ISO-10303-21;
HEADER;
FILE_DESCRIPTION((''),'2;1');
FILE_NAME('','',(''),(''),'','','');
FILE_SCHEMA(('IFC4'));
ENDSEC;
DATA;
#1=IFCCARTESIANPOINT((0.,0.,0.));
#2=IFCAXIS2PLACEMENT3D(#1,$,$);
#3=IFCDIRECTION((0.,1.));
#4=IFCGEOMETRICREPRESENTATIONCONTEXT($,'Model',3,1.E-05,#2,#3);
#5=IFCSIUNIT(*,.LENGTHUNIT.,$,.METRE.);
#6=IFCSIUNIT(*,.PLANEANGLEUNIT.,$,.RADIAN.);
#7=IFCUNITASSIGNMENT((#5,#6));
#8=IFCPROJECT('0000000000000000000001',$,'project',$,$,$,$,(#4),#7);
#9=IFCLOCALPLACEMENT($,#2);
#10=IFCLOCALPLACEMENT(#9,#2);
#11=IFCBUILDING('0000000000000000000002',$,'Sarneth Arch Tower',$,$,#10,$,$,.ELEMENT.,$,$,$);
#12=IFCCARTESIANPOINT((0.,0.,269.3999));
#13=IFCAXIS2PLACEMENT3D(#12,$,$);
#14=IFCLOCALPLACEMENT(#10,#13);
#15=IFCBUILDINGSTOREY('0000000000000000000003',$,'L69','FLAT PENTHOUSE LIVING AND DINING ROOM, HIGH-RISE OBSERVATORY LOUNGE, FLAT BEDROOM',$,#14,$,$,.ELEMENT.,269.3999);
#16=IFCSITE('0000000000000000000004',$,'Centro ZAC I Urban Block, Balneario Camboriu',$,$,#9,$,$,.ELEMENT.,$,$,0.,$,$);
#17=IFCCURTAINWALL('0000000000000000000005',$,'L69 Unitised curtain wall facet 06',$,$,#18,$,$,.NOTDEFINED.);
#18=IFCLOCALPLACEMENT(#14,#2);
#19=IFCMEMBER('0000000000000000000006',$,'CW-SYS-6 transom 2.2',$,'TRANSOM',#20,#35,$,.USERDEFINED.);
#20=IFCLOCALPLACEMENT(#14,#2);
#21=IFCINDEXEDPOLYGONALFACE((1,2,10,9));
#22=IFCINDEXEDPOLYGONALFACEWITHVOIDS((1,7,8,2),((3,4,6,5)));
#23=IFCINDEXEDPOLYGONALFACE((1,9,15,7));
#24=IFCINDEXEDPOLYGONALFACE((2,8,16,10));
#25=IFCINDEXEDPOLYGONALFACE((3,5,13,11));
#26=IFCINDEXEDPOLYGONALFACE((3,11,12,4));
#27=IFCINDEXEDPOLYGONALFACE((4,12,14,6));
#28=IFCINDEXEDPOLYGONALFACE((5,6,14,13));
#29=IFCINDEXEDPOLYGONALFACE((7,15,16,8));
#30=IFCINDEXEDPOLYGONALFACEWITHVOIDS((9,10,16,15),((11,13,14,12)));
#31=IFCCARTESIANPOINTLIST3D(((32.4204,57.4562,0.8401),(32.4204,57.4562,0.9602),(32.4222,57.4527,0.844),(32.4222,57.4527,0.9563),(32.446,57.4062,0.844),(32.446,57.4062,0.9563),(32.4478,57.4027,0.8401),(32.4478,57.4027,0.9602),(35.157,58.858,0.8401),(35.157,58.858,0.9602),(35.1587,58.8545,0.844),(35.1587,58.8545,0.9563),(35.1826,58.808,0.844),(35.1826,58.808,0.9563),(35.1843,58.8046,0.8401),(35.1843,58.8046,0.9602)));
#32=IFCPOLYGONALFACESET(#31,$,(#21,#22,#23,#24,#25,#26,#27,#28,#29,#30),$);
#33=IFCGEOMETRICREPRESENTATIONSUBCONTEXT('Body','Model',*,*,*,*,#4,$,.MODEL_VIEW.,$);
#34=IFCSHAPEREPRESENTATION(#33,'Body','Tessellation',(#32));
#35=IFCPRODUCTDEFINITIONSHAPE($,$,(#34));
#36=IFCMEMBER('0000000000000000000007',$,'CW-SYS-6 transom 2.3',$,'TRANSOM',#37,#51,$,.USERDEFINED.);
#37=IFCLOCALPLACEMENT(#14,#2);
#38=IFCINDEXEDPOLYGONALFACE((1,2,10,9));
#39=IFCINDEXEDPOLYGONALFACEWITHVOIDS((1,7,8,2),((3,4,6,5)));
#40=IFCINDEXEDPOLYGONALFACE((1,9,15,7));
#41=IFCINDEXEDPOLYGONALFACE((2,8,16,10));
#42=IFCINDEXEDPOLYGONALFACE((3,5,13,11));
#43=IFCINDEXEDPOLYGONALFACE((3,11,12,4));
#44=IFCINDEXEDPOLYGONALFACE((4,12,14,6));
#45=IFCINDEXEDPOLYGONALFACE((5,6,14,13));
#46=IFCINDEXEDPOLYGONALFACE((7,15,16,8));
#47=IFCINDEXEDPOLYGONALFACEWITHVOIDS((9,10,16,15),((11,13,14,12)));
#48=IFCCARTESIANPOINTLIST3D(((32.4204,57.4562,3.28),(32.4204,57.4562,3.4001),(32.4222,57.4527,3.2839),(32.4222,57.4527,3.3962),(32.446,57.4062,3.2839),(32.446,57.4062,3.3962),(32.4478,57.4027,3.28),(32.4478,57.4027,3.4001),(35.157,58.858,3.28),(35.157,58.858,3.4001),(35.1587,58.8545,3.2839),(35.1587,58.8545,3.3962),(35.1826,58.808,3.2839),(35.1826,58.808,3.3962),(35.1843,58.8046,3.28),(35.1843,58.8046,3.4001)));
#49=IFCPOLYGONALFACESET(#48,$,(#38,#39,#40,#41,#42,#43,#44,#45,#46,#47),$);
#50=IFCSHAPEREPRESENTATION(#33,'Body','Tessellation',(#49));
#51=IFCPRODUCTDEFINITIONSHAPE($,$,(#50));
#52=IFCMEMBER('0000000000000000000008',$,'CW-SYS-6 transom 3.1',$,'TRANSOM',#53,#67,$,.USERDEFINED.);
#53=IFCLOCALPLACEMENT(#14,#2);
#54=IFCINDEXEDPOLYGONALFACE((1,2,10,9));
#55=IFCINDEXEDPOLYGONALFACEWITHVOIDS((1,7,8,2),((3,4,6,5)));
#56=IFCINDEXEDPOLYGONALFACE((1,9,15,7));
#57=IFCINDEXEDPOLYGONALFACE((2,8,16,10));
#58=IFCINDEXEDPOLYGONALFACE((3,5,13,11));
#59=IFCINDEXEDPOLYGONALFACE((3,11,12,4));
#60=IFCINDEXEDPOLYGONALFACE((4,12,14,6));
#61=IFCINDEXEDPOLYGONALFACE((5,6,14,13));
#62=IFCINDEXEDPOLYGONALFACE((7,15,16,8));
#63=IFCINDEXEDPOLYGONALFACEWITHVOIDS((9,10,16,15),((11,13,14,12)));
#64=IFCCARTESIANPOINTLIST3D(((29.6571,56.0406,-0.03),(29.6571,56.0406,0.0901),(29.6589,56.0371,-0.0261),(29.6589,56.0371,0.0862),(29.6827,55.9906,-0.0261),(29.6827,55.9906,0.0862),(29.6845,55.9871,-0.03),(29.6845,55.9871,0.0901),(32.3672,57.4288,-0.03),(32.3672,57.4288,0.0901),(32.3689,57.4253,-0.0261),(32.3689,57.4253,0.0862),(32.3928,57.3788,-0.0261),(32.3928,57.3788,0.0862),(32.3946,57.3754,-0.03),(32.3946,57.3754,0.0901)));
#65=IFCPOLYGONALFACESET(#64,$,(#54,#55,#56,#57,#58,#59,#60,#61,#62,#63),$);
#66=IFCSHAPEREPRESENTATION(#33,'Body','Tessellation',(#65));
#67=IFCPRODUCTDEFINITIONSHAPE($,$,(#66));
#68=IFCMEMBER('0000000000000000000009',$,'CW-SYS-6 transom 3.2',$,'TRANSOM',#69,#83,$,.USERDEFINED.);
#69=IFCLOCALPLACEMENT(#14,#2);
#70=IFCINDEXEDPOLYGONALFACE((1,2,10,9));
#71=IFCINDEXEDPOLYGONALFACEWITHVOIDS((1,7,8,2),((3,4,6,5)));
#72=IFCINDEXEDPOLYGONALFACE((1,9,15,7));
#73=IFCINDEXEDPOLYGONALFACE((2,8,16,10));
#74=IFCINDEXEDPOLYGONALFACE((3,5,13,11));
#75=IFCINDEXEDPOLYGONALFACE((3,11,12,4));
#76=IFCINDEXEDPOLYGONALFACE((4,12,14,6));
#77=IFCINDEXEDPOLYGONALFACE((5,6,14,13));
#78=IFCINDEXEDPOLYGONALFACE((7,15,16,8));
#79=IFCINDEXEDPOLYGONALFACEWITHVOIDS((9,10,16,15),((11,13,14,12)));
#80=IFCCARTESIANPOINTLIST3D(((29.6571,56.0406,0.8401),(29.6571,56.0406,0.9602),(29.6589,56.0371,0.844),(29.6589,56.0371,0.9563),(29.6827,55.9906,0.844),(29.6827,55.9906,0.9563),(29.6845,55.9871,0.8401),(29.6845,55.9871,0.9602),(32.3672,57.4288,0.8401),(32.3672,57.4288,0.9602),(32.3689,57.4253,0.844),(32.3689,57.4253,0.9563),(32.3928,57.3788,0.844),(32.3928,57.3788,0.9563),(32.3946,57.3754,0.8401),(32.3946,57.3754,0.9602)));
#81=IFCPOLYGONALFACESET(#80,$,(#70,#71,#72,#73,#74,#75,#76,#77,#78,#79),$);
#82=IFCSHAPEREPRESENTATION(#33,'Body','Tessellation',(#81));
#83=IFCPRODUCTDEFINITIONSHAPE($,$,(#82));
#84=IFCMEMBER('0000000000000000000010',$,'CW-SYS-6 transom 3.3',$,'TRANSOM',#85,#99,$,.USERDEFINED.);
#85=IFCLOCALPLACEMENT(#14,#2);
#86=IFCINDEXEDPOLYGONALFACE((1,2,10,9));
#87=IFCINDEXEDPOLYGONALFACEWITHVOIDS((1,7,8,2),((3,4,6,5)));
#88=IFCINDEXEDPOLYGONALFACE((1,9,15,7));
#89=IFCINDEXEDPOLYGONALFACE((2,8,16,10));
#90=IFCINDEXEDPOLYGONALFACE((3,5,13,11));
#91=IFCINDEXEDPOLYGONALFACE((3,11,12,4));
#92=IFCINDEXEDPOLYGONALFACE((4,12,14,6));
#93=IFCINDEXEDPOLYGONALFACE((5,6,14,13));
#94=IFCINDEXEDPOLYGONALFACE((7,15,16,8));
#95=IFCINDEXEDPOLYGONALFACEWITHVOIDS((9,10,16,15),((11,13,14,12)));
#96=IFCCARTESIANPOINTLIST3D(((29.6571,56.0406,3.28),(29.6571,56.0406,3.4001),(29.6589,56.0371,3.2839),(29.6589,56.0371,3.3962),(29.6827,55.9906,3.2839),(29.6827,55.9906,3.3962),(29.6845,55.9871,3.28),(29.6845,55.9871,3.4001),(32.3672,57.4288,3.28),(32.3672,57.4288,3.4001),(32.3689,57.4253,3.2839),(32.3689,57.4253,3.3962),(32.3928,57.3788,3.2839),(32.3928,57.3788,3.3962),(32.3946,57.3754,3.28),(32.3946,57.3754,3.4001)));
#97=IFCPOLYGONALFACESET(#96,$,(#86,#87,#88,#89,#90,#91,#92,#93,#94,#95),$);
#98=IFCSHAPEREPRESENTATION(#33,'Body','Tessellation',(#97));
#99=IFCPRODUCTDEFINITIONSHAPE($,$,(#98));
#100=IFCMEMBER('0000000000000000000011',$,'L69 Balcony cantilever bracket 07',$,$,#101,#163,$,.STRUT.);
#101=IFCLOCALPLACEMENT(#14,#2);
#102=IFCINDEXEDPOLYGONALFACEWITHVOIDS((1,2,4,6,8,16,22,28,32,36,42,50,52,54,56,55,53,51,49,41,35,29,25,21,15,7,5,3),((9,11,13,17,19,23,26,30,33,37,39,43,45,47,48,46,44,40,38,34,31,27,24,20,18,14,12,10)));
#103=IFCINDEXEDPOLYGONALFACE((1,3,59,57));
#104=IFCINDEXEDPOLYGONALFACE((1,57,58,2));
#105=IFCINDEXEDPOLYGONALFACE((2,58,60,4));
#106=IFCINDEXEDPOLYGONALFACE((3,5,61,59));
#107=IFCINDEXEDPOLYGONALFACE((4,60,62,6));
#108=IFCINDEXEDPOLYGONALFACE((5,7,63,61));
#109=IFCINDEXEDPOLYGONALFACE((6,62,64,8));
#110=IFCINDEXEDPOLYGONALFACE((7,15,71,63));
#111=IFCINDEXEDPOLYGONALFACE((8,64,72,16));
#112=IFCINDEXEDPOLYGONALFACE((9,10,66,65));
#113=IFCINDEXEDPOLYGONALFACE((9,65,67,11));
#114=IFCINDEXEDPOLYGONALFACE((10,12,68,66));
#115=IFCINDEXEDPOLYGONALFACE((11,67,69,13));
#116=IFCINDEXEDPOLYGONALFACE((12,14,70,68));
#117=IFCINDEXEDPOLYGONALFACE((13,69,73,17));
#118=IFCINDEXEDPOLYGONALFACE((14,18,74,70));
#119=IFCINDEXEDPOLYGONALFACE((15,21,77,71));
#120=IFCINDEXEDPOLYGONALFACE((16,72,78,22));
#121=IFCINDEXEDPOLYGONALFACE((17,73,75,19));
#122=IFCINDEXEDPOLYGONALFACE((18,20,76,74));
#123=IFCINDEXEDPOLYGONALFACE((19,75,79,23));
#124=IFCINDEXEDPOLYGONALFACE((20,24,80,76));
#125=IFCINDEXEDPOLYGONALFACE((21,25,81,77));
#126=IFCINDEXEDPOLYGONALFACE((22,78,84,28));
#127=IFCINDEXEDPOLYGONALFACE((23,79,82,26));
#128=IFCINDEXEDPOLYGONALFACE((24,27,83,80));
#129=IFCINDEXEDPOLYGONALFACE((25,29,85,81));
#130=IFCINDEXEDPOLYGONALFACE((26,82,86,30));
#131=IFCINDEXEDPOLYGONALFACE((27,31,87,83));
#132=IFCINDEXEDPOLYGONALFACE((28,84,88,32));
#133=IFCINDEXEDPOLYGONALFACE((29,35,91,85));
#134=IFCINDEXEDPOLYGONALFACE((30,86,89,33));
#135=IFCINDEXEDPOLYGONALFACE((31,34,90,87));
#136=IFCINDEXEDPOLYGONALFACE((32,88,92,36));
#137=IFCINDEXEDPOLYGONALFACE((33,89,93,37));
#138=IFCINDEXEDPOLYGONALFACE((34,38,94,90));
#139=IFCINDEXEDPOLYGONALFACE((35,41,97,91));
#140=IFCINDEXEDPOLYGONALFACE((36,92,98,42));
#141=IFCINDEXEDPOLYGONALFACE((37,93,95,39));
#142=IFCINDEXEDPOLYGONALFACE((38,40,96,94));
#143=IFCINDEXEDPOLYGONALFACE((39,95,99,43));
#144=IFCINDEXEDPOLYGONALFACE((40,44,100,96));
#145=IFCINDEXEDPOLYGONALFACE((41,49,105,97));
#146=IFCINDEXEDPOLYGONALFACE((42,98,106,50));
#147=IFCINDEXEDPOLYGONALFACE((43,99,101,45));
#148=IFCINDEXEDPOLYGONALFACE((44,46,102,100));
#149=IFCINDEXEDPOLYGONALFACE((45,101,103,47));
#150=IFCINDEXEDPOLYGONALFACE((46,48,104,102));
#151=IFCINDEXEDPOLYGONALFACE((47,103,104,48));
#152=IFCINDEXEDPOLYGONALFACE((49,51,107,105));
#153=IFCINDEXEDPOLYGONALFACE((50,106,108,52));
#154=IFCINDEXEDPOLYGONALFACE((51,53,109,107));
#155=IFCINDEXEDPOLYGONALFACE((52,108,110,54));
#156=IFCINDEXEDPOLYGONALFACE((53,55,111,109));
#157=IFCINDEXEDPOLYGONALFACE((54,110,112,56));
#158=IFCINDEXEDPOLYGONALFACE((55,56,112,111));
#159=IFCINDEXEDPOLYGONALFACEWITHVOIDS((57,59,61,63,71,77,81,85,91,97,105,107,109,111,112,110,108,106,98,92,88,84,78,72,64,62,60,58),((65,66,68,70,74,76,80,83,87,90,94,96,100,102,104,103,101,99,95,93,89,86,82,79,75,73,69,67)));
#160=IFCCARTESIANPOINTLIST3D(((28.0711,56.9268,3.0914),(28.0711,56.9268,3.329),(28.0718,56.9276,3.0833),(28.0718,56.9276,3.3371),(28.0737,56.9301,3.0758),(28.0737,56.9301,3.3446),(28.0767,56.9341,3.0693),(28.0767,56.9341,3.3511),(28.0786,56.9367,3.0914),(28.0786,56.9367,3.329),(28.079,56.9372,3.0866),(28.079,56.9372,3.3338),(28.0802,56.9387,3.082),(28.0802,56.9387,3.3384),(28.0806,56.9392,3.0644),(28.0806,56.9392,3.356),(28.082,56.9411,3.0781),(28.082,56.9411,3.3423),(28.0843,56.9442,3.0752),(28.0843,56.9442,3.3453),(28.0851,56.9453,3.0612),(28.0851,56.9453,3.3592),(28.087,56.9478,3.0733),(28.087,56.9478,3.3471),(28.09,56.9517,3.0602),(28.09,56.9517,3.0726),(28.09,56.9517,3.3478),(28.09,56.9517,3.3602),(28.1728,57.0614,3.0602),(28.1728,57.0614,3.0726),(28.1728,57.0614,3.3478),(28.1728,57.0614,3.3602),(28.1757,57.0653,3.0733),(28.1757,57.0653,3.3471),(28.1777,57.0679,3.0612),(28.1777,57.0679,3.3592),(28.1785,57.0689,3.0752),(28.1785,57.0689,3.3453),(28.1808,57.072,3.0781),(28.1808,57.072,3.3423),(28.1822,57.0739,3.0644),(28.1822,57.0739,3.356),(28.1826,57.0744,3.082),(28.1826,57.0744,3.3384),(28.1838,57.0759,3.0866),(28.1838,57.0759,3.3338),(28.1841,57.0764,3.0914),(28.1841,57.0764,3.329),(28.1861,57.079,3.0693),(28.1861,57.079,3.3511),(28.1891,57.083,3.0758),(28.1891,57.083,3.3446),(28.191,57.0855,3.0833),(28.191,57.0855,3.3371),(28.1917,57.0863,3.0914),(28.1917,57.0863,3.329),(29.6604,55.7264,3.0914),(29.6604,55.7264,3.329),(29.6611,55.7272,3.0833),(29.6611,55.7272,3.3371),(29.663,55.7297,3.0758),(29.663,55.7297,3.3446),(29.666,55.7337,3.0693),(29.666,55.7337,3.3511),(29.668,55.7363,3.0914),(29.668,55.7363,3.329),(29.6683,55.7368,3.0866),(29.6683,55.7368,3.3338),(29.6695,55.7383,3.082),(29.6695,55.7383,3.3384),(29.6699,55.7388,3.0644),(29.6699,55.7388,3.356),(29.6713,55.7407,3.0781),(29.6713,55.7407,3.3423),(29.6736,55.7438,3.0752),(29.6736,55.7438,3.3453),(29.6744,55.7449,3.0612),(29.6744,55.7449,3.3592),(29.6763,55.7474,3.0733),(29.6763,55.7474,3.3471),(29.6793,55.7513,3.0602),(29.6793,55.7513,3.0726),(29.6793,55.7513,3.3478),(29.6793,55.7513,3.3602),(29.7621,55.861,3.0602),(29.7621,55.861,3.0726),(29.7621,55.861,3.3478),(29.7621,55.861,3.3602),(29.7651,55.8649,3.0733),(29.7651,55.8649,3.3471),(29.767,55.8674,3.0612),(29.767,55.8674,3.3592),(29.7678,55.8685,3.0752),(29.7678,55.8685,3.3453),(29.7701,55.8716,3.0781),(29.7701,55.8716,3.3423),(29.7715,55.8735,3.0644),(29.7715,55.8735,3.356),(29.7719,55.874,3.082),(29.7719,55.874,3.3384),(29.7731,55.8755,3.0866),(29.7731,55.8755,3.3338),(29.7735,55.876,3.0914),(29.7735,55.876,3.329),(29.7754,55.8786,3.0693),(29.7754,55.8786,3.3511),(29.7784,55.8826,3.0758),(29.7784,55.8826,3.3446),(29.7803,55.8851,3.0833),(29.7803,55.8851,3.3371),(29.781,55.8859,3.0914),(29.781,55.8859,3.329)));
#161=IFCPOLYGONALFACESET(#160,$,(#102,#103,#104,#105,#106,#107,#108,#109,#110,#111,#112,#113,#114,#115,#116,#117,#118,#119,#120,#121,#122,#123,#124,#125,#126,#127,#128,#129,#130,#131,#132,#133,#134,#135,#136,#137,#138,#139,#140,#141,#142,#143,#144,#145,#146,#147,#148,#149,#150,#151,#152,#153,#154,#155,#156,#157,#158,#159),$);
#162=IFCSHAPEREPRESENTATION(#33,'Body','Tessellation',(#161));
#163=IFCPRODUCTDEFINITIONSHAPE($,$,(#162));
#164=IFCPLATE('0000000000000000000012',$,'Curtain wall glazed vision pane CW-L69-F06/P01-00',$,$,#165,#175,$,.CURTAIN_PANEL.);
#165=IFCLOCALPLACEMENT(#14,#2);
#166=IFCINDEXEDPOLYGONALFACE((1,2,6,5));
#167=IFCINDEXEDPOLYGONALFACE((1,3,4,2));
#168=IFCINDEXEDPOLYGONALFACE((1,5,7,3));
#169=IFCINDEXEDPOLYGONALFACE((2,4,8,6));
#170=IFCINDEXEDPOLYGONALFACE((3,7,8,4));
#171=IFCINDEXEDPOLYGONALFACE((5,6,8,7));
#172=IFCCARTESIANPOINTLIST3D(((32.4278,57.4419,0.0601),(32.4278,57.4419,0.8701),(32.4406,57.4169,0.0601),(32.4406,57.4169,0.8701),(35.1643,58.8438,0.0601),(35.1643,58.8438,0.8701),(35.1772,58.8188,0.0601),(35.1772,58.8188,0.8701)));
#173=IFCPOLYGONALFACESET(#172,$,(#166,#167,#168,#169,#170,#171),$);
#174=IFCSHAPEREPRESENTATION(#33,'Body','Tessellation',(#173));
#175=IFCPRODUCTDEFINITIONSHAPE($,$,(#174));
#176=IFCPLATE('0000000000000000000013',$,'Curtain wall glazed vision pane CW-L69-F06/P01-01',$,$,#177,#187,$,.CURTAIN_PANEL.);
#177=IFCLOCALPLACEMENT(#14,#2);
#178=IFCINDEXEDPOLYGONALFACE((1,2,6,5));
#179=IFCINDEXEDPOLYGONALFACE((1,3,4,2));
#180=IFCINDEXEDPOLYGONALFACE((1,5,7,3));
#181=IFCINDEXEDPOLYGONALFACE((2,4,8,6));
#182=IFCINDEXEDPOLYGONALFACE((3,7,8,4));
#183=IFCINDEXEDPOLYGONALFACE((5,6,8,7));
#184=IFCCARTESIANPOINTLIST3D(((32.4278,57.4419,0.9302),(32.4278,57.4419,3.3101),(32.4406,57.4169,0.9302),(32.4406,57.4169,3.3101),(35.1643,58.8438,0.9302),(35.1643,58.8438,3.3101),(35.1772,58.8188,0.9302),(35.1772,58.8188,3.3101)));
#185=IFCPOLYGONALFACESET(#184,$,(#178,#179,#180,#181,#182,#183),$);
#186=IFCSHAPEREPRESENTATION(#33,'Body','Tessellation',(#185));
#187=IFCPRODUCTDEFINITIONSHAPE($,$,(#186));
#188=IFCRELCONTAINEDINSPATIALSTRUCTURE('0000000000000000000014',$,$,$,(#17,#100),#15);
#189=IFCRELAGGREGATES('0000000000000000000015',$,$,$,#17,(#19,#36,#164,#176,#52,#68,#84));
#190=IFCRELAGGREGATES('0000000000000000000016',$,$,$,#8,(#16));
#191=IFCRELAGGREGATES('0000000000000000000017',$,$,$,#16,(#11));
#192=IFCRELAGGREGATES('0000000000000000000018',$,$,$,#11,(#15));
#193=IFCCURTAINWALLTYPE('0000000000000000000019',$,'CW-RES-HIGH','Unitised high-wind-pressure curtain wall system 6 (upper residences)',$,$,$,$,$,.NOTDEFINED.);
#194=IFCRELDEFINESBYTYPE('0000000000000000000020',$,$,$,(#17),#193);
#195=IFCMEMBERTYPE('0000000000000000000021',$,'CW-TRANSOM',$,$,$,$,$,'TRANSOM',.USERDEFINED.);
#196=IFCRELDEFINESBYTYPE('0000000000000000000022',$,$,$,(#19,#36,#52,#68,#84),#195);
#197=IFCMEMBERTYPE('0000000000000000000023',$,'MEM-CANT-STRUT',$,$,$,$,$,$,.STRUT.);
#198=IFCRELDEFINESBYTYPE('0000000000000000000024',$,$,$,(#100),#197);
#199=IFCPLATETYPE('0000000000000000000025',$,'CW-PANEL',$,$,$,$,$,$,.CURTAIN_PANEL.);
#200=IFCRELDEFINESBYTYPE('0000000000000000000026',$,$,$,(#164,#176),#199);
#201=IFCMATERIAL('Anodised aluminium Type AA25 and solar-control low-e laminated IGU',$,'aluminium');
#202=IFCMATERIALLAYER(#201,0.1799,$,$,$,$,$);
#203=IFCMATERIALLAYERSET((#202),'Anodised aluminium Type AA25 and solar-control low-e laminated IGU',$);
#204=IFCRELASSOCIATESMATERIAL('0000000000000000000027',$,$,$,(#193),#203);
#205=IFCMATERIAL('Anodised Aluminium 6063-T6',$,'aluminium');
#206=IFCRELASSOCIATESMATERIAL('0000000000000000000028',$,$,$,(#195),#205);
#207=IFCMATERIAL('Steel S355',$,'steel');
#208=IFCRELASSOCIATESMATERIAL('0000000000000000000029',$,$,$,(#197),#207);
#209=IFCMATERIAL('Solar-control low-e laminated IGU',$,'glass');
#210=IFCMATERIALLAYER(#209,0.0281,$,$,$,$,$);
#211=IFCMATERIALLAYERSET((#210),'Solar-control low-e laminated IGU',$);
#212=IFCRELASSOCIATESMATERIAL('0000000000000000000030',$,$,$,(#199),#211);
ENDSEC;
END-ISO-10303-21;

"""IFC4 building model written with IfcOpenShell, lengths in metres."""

from ifc_helpers import new_model, si_unit, direction, frame, origin, origin_2d, place, context, subcontext, project, spatial, rectangle, hollow_rectangle, extrude, material, layer, layer_set, material_profile, profile_set, type_object, element, aggregate, save


model = new_model("IFC4")

# Units and contexts
model_context = context("Model", 3, precision=1e-05, world=origin(), true_north=direction((0.0, 1.0)))
body_context = subcontext(model_context, "Body", "Model", "MODEL_VIEW")
ifc_project = project(units=[si_unit("LENGTHUNIT", "METRE"), si_unit("PLANEANGLEUNIT", "RADIAN")], contexts=[model_context])

# Site, building, storey
site_placement = place(None, origin())
site = spatial("IfcSite", under=ifc_project, at=site_placement, Name="Centro ZAC I Urban Block, Balneario Camboriu", CompositionType="ELEMENT", RefElevation=0.0)
building_placement = place(site_placement, origin())
building = spatial("IfcBuilding", under=site, at=building_placement, Name="Sarneth Arch Tower", CompositionType="ELEMENT")
storey_placement = place(building_placement, frame((0.0, 0.0, 269.3999)))
storey = spatial("IfcBuildingStorey", under=building, at=storey_placement, Name="L69", Description="FLAT PENTHOUSE LIVING AND DINING ROOM, HIGH-RISE OBSERVATORY LOUNGE, FLAT BEDROOM", CompositionType="ELEMENT", Elevation=269.3999)

# Curtain wall, members
ifc_material_1 = material(Name="Anodised aluminium Type AA25 and solar-control low-e laminated IGU", Category="aluminium")
ifc_layer_1 = layer(ifc_material_1, 0.1799)
ifc_layer_set_1 = layer_set([ifc_layer_1], Name="Anodised aluminium Type AA25 and solar-control low-e laminated IGU")
curtain_wall_type = type_object("IfcCurtainWallType", Name="CW-RES-HIGH", Description="Unitised high-wind-pressure curtain wall system 6 (upper residences)", PredefinedType="NOTDEFINED", material=ifc_layer_set_1)
curtain_wall_placement = place(storey_placement, origin())
curtain_wall = element("IfcCurtainWall", 1, at=curtain_wall_placement, inside=storey, type_object=curtain_wall_type, Name="L69 Unitised curtain wall facet 06", PredefinedType="NOTDEFINED")
ifc_material_2 = material(Name="Anodised Aluminium 6063-T6", Category="aluminium")
ifc_material_profile_1 = material_profile(ifc_material_2, hollow_rectangle(XDim=0.0601, YDim=0.1201, WallThickness=0.0039, at=origin_2d()), Name="AL-TRAN-120x60x4")
ifc_profile_set_1 = profile_set([ifc_material_profile_1], Name="Anodised Aluminium 6063-T6")
member_type_1 = type_object("IfcMemberType", Name="CW-TRANSOM", ElementType="TRANSOM", PredefinedType="USERDEFINED", material=ifc_profile_set_1)
member_1_placement = place(storey_placement, frame((35.1707, 58.8313, 0.9001), z_axis=(-0.890017, -0.455926, 0.0), x_axis=(0.455926, -0.890017, 0.0)))
member_1 = element("IfcMember", 2, at=member_1_placement, type_object=member_type_1, Name="CW-SYS-6 transom 2.2", ObjectType="TRANSOM", PredefinedType="USERDEFINED", context=body_context, shape_type="SweptSolid", body=[
    extrude(hollow_rectangle(XDim=0.0601, YDim=0.1201, WallThickness=0.0039, at=origin_2d()), origin(), (0.0, 0.0, 1.0), 3.0747),
])
member_2_placement = place(storey_placement, frame((35.1707, 58.8313, 3.3401), z_axis=(-0.890017, -0.455926, 0.0), x_axis=(0.455926, -0.890017, 0.0)))
member_2 = element("IfcMember", 3, at=member_2_placement, type_object=member_type_1, Name="CW-SYS-6 transom 2.3", ObjectType="TRANSOM", PredefinedType="USERDEFINED", context=body_context, shape_type="SweptSolid", body=[
    extrude(hollow_rectangle(XDim=0.0601, YDim=0.1201, WallThickness=0.0039, at=origin_2d()), origin(), (0.0, 0.0, 1.0), 3.0747),
])
member_3_placement = place(storey_placement, frame((32.3809, 57.4021, 0.03), z_axis=(-0.890023, -0.455916, 0.0), x_axis=(0.455916, -0.890023, 0.0)))
member_3 = element("IfcMember", 4, at=member_3_placement, type_object=member_type_1, Name="CW-SYS-6 transom 3.1", ObjectType="TRANSOM", PredefinedType="USERDEFINED", context=body_context, shape_type="SweptSolid", body=[
    extrude(hollow_rectangle(XDim=0.0601, YDim=0.1201, WallThickness=0.0039, at=origin_2d()), origin(), (0.0, 0.0, 1.0), 3.0449),
])
member_4_placement = place(storey_placement, frame((32.3809, 57.4021, 0.9001), z_axis=(-0.890023, -0.455916, 0.0), x_axis=(0.455916, -0.890023, 0.0)))
member_4 = element("IfcMember", 5, at=member_4_placement, type_object=member_type_1, Name="CW-SYS-6 transom 3.2", ObjectType="TRANSOM", PredefinedType="USERDEFINED", context=body_context, shape_type="SweptSolid", body=[
    extrude(hollow_rectangle(XDim=0.0601, YDim=0.1201, WallThickness=0.0039, at=origin_2d()), origin(), (0.0, 0.0, 1.0), 3.0449),
])
member_5_placement = place(storey_placement, frame((32.3809, 57.4021, 3.3401), z_axis=(-0.890023, -0.455916, 0.0), x_axis=(0.455916, -0.890023, 0.0)))
member_5 = element("IfcMember", 6, at=member_5_placement, type_object=member_type_1, Name="CW-SYS-6 transom 3.3", ObjectType="TRANSOM", PredefinedType="USERDEFINED", context=body_context, shape_type="SweptSolid", body=[
    extrude(hollow_rectangle(XDim=0.0601, YDim=0.1201, WallThickness=0.0039, at=origin_2d()), origin(), (0.0, 0.0, 1.0), 3.0449),
])

# Member
ifc_material_3 = material(Name="Steel S355", Category="steel")
ifc_material_profile_2 = material_profile(ifc_material_3, hollow_rectangle(XDim=0.2, YDim=0.3, WallThickness=0.0125, InnerFilletRadius=0.0188, OuterFilletRadius=0.0312, at=origin_2d()), Name="RHS300x200x12.5")
ifc_profile_set_2 = profile_set([ifc_material_profile_2], Name="Steel S355")
member_type_2 = type_object("IfcMemberType", Name="MEM-CANT-STRUT", PredefinedType="STRUT", material=ifc_profile_set_2)
member_6_placement = place(storey_placement, frame((29.7207, 55.8062, 3.2102), z_axis=(-0.797966, 0.602703, 0.0), x_axis=(-0.602703, -0.797966, 0.0)))
element("IfcMember", 7, at=member_6_placement, inside=storey, type_object=member_type_2, Name="L69 Balcony cantilever bracket 07", PredefinedType="STRUT", context=body_context, shape_type="SweptSolid", body=[
    extrude(hollow_rectangle(XDim=0.2, YDim=0.3, WallThickness=0.0125, InnerFilletRadius=0.0188, OuterFilletRadius=0.0312, at=origin_2d()), origin(), (0.0, 0.0, 1.0), 1.9917),
])

# Plates
ifc_material_4 = material(Name="Solar-control low-e laminated IGU", Category="glass")
ifc_layer_2 = layer(ifc_material_4, 0.0281)
ifc_layer_set_2 = layer_set([ifc_layer_2], Name="Solar-control low-e laminated IGU")
plate_type_1 = type_object("IfcPlateType", Name="CW-PANEL", PredefinedType="CURTAIN_PANEL", material=ifc_layer_set_2)
plate_1_placement = place(storey_placement, frame((33.8025, 58.1304, 0.0601), z_axis=(0.0, 0.0, 1.0), x_axis=(-0.89001, -0.455942, 0.0)))
plate_1 = element("IfcPlate", 8, at=plate_1_placement, type_object=plate_type_1, Name="Curtain wall glazed vision pane CW-L69-F06/P01-00", PredefinedType="CURTAIN_PANEL", context=body_context, shape_type="SweptSolid", body=[
    extrude(rectangle(XDim=3.0747, YDim=0.0281, at=origin_2d()), origin(), (0.0, 0.0, 1.0), 0.8101),
])
plate_2_placement = place(storey_placement, frame((33.8025, 58.1304, 0.9302), z_axis=(0.0, 0.0, 1.0), x_axis=(-0.89001, -0.455942, 0.0)))
plate_2 = element("IfcPlate", 9, at=plate_2_placement, type_object=plate_type_1, Name="Curtain wall glazed vision pane CW-L69-F06/P01-01", PredefinedType="CURTAIN_PANEL", context=body_context, shape_type="SweptSolid", body=[
    extrude(rectangle(XDim=3.0747, YDim=0.0281, at=origin_2d()), origin(), (0.0, 0.0, 1.0), 2.3799),
])
aggregate(curtain_wall, [member_1, member_2, plate_1, plate_2, member_3, member_4, member_5])

save(model, "model.ifc")
